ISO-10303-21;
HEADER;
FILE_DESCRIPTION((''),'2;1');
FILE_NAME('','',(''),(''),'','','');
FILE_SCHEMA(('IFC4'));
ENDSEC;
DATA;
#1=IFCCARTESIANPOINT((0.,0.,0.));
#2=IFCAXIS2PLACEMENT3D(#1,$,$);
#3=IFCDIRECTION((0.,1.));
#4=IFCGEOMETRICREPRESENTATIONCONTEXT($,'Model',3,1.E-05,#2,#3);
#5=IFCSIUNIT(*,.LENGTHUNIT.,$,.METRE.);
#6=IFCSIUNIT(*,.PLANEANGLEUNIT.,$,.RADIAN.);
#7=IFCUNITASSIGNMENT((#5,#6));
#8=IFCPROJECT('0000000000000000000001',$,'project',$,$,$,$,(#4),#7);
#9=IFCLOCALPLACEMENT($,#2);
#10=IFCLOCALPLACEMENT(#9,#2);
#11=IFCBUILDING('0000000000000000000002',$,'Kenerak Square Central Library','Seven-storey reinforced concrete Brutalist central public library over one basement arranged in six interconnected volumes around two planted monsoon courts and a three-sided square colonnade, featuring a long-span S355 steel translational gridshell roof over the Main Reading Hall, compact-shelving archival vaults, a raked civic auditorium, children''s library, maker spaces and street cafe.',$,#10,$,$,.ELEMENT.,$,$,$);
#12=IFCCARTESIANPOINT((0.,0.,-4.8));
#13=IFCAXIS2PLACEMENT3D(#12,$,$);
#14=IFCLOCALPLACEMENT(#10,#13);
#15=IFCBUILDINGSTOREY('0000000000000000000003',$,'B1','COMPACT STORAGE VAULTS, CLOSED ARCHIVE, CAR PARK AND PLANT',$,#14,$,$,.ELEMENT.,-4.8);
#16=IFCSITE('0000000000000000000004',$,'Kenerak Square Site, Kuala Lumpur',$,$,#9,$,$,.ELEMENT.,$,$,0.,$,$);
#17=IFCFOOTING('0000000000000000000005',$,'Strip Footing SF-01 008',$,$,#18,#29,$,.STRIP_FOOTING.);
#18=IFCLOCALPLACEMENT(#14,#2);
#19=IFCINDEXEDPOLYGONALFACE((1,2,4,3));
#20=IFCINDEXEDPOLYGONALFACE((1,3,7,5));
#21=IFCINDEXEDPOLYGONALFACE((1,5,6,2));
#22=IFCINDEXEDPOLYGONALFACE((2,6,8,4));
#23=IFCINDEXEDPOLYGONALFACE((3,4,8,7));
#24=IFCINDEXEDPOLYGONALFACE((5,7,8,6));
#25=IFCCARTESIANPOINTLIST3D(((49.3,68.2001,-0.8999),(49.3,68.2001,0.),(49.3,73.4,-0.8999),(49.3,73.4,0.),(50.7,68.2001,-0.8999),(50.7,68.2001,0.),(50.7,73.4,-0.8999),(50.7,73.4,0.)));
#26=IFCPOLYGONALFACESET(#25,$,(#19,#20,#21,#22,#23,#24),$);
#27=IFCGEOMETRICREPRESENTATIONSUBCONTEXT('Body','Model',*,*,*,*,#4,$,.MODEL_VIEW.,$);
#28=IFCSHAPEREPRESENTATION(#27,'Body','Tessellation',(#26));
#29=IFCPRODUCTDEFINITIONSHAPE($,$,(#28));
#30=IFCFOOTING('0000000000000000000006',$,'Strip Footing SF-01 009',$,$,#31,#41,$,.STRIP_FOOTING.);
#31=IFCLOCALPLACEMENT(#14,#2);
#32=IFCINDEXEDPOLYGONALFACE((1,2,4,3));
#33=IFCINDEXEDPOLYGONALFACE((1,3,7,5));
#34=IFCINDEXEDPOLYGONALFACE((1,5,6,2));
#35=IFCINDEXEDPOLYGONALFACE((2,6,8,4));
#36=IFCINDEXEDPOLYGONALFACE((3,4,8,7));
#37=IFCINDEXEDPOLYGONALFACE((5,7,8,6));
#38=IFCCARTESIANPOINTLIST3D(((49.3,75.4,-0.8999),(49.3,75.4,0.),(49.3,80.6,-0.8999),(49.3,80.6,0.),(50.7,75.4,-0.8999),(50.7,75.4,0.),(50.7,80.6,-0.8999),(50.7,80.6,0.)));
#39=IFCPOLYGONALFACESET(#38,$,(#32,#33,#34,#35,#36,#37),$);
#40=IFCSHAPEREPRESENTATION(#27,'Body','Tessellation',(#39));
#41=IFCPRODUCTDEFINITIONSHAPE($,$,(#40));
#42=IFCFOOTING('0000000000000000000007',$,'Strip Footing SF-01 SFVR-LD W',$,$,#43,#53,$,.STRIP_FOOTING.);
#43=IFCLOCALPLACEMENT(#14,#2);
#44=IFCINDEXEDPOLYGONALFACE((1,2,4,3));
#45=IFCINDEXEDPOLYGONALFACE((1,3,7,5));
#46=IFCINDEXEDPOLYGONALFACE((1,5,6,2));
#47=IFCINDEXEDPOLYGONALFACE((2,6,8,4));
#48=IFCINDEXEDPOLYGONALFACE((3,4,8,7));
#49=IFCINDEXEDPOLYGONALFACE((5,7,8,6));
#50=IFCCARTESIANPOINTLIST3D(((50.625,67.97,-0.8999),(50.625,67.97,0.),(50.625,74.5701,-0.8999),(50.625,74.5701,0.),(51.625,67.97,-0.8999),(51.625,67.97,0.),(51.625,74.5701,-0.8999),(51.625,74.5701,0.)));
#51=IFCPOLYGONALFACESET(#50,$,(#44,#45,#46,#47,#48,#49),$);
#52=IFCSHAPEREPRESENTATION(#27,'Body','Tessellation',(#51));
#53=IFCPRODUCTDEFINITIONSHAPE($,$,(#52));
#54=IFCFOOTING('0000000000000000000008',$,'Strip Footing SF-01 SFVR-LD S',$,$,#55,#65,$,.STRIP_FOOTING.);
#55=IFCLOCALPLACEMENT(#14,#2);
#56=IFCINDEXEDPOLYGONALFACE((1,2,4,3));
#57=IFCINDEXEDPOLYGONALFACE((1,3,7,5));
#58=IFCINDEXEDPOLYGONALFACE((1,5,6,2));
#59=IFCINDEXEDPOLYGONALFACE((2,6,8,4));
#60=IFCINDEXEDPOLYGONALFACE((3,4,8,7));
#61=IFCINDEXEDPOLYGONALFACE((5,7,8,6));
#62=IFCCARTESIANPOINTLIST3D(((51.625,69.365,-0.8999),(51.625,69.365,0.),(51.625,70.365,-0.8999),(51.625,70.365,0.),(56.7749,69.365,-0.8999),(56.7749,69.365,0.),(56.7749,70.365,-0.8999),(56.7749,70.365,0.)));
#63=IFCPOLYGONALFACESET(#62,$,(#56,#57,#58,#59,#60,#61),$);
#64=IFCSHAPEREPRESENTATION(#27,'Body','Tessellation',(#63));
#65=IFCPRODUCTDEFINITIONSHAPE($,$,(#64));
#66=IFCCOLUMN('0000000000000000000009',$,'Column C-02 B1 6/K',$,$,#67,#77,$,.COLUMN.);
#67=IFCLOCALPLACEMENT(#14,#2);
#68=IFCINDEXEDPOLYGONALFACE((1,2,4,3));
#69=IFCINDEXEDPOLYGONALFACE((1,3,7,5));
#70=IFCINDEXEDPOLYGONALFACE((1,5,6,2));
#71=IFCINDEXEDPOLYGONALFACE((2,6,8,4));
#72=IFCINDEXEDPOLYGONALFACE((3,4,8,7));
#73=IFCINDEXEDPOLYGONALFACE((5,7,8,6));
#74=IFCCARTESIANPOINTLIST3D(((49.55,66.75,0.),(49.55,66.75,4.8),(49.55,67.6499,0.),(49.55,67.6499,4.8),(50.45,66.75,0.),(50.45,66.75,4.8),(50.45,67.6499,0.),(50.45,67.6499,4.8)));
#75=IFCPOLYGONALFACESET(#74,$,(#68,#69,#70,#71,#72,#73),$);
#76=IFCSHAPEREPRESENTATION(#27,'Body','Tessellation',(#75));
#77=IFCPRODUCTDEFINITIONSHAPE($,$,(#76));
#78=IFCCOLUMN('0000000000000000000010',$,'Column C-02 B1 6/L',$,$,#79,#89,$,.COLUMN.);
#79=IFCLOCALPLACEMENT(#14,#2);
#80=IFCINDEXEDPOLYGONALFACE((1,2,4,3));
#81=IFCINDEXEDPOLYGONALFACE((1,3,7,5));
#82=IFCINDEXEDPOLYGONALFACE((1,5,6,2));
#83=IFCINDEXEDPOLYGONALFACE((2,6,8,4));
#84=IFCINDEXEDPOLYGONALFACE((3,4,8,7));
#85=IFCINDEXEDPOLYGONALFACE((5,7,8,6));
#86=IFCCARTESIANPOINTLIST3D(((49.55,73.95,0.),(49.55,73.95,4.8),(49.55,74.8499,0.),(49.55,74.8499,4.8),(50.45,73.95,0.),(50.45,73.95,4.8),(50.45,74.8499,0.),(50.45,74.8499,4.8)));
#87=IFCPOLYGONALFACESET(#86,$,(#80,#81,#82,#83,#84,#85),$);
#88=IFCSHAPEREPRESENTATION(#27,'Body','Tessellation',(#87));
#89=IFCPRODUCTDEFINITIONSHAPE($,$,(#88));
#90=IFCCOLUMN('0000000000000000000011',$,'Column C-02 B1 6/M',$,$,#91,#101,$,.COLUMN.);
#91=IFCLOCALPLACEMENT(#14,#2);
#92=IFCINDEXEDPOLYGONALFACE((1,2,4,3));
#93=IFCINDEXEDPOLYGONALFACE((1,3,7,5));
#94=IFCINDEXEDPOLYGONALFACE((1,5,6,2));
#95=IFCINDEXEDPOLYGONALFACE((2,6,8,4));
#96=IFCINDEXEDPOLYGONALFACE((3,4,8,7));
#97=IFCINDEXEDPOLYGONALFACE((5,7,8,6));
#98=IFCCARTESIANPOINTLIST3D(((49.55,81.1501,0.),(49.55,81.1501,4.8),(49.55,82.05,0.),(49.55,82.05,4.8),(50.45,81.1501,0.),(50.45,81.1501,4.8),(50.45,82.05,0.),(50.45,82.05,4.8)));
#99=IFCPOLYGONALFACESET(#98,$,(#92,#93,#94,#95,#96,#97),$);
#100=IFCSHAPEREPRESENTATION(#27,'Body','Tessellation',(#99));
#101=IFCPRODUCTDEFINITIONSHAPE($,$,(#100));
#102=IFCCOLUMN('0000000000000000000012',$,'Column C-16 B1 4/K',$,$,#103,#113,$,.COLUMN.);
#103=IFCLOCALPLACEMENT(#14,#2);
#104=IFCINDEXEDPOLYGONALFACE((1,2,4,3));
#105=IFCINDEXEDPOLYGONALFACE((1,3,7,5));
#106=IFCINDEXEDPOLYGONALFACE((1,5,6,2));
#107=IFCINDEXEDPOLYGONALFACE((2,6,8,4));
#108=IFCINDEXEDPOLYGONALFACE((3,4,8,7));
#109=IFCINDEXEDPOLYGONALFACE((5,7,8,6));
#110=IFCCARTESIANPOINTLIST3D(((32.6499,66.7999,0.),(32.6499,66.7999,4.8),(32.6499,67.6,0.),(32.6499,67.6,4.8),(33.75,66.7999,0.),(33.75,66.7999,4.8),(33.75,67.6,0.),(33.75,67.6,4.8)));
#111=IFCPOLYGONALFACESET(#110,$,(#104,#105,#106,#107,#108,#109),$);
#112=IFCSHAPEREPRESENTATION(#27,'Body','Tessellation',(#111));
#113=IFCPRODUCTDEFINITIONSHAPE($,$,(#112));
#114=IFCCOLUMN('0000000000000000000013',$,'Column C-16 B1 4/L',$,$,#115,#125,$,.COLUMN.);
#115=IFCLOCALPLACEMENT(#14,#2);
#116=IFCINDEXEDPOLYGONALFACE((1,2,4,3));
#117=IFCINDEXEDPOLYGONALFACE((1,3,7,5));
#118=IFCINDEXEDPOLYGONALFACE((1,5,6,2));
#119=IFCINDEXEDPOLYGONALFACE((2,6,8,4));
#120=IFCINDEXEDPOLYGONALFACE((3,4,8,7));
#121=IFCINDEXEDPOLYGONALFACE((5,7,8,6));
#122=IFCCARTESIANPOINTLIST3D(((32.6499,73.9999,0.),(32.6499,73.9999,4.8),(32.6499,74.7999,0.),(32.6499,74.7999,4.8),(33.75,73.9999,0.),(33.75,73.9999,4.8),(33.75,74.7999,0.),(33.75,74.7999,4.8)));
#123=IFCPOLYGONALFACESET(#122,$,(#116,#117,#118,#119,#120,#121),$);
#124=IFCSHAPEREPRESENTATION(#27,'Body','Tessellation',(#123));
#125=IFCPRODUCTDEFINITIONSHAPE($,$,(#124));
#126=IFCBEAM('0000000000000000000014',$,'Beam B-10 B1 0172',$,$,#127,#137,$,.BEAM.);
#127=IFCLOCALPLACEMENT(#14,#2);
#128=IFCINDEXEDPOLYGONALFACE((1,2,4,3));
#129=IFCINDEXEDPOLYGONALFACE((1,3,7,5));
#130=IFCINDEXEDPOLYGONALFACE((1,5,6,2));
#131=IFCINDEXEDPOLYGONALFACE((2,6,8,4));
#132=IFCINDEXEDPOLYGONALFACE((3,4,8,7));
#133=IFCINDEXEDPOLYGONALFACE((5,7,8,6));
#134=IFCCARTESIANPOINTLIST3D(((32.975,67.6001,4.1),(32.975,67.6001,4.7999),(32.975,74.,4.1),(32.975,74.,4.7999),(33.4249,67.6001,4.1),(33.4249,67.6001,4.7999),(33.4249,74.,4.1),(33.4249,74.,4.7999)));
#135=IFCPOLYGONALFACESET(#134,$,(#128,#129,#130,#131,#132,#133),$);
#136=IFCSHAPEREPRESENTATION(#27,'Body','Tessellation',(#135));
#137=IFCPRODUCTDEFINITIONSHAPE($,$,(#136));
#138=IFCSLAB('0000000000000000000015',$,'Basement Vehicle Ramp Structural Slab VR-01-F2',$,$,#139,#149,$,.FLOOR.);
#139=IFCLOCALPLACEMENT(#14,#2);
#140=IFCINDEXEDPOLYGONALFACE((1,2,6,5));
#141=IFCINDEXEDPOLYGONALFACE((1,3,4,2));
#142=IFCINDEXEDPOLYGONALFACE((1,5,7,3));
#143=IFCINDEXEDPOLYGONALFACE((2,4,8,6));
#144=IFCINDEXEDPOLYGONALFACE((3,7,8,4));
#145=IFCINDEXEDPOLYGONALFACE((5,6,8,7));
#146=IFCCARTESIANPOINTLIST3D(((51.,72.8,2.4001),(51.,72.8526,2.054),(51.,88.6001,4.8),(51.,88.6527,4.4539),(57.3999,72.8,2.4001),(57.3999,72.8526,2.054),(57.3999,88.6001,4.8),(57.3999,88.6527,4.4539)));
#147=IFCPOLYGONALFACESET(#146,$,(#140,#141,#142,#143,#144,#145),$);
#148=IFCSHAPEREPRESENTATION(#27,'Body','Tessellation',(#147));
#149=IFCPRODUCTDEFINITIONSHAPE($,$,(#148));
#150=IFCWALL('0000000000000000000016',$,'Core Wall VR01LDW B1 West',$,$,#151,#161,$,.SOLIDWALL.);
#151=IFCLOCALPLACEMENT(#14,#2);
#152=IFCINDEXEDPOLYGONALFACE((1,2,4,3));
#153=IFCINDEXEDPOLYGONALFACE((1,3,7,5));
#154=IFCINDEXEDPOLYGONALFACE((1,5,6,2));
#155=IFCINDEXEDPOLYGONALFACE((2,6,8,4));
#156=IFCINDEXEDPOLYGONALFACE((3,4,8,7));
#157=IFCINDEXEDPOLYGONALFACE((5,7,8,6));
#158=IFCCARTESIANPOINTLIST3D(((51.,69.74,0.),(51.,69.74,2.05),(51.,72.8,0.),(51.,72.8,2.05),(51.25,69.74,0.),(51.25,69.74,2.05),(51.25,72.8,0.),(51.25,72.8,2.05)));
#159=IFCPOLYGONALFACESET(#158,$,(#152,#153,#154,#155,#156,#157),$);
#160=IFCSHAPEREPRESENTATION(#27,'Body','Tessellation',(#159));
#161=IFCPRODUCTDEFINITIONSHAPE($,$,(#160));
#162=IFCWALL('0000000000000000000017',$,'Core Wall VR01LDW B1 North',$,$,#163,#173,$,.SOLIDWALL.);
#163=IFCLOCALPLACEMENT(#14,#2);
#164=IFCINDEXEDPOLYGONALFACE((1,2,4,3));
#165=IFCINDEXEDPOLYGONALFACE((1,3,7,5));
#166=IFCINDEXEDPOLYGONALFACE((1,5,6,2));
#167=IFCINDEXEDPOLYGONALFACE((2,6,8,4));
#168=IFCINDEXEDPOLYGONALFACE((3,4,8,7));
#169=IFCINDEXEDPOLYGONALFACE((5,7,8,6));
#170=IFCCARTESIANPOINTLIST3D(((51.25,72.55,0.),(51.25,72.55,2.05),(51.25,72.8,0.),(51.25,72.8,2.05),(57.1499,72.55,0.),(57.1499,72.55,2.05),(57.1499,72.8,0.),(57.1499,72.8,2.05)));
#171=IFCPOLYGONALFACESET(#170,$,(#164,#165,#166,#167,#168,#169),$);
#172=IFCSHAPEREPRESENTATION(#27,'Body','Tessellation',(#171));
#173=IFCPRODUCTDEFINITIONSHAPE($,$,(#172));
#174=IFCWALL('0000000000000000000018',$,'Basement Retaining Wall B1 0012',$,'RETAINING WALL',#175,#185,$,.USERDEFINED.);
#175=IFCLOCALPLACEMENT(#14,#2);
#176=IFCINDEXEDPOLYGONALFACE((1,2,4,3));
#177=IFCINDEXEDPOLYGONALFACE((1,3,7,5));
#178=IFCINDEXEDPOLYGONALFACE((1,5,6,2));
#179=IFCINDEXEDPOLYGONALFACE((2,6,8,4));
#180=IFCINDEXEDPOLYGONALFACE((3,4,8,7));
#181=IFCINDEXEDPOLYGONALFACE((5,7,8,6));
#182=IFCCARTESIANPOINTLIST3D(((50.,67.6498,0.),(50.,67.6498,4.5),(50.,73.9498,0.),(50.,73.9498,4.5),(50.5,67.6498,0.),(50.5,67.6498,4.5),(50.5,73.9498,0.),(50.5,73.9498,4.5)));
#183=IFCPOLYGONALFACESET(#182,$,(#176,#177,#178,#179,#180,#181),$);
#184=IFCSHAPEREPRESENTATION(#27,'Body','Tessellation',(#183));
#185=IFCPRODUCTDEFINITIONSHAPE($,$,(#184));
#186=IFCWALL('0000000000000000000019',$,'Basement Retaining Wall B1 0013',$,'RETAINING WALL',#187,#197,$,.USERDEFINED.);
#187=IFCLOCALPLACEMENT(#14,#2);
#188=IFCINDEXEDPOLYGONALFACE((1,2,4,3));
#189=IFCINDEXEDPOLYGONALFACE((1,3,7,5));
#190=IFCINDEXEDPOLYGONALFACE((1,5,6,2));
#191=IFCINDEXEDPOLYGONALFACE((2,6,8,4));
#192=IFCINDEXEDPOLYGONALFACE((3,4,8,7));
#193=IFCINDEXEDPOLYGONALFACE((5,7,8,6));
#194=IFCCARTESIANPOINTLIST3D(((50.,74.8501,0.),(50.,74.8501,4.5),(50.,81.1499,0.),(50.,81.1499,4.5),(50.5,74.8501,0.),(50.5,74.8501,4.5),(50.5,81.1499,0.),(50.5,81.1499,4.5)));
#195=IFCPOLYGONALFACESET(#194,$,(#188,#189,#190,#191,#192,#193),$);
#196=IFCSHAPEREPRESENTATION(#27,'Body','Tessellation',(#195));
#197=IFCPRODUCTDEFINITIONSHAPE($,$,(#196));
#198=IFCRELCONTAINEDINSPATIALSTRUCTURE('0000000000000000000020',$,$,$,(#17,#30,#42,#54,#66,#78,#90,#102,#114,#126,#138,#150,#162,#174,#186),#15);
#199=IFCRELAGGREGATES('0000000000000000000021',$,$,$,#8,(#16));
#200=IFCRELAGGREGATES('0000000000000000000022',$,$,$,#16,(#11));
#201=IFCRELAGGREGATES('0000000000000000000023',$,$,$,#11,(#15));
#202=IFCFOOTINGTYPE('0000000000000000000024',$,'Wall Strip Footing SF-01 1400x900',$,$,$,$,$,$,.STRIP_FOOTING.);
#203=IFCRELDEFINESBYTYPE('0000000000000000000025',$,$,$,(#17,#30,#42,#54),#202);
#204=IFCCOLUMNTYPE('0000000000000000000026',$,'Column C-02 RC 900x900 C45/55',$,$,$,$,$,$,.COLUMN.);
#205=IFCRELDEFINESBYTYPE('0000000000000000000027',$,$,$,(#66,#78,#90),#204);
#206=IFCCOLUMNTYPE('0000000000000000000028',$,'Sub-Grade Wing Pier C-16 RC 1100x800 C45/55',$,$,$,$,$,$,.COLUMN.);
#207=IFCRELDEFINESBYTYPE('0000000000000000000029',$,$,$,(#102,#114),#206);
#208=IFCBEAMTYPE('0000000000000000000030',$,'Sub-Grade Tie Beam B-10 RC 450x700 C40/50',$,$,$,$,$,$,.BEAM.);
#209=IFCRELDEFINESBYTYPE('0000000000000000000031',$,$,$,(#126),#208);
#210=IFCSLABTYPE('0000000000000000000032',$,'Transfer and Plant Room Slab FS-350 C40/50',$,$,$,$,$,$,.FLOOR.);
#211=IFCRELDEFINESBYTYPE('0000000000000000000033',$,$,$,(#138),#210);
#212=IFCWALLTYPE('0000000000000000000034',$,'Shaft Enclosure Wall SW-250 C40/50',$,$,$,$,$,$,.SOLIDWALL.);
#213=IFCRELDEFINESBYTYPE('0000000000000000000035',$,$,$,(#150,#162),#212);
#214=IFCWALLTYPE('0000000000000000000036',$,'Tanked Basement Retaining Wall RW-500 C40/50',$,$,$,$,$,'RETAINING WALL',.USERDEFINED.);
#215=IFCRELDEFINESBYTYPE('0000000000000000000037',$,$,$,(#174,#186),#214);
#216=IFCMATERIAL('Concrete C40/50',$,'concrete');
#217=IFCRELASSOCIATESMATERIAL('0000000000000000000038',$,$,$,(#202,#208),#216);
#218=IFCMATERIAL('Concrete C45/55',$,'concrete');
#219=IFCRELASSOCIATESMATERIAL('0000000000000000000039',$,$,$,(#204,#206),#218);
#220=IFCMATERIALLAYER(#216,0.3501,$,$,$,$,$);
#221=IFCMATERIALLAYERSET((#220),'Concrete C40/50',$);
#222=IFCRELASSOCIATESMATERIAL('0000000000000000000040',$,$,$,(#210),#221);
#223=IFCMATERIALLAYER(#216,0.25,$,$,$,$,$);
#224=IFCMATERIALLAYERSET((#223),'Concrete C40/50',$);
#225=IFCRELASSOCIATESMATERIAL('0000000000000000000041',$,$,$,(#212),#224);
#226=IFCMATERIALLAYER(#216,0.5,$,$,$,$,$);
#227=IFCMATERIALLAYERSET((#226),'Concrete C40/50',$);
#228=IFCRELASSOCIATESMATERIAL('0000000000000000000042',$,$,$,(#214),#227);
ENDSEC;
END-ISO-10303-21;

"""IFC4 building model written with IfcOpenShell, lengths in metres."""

from ifc_helpers import new_model, si_unit, direction, frame, frame_2d, origin, origin_2d, place, context, subcontext, project, spatial, polyline, rectangle, outline, extrude, material, layer, layer_set, material_profile, profile_set, type_object, element, save


model = new_model("IFC4")

# Units and contexts
model_context = context("Model", 3, precision=1e-05, world=origin(), true_north=direction((0.0, 1.0)))
body_context = subcontext(model_context, "Body", "Model", "MODEL_VIEW")
ifc_project = project(units=[si_unit("LENGTHUNIT", "METRE"), si_unit("PLANEANGLEUNIT", "RADIAN")], contexts=[model_context])

# Site, building, storey
site_placement = place(None, origin())
site = spatial("IfcSite", under=ifc_project, at=site_placement, Name="Kenerak Square Site, Kuala Lumpur", CompositionType="ELEMENT", RefElevation=0.0)
building_placement = place(site_placement, origin())
building = spatial("IfcBuilding", under=site, at=building_placement, Name="Kenerak Square Central Library", Description="Seven-storey reinforced concrete Brutalist central public library over one basement arranged in six interconnected volumes around two planted monsoon courts and a three-sided square colonnade, featuring a long-span S355 steel translational gridshell roof over the Main Reading Hall, compact-shelving archival vaults, a raked civic auditorium, children's library, maker spaces and street cafe.", CompositionType="ELEMENT")
storey_placement = place(building_placement, frame((0.0, 0.0, -4.8)))
storey = spatial("IfcBuildingStorey", under=building, at=storey_placement, Name="B1", Description="COMPACT STORAGE VAULTS, CLOSED ARCHIVE, CAR PARK AND PLANT", CompositionType="ELEMENT", Elevation=-4.8)

# Shared definitions
ifc_material_1 = material(Name="Concrete C40/50", Category="concrete")

# Footings
footing_type_1 = type_object("IfcFootingType", Name="Wall Strip Footing SF-01 1400x900", PredefinedType="STRIP_FOOTING", material=ifc_material_1)
for number, where, z_axis, x_axis, name in (
    (1, (50.0, 70.8, -0.8999), (0.0, 0.0, 1.0), (1.0, 0.0, 0.0), "Strip Footing SF-01 008"),
    (2, (50.0, 78.0, -0.8999), (0.0, 0.0, 1.0), (1.0, 0.0, 0.0), "Strip Footing SF-01 009"),
):
    element("IfcFooting", number, at=place(storey_placement, frame(where, z_axis=z_axis, x_axis=x_axis)), inside=storey, type_object=footing_type_1, Name=name, PredefinedType="STRIP_FOOTING", context=body_context, shape_type="SweptSolid", body=[
        extrude(rectangle(XDim=1.3999, YDim=5.2, at=origin_2d()), origin(), (0.0, 0.0, 1.0), 0.8999),
    ])
footing_1_placement = place(storey_placement, frame((51.125, 71.27, -0.8999), z_axis=(0.0, 0.0, 1.0), x_axis=(1.0, 0.0, 0.0)))
element("IfcFooting", 3, at=footing_1_placement, inside=storey, type_object=footing_type_1, Name="Strip Footing SF-01 SFVR-LD W", PredefinedType="STRIP_FOOTING", context=body_context, shape_type="SweptSolid", body=[
    extrude(rectangle(XDim=1.0, YDim=6.6001, at=origin_2d()), origin(), (0.0, 0.0, 1.0), 0.8999),
])
footing_2_placement = place(storey_placement, frame((54.2, 69.865, -0.8999), z_axis=(0.0, 0.0, 1.0), x_axis=(1.0, 0.0, 0.0)))
element("IfcFooting", 4, at=footing_2_placement, inside=storey, type_object=footing_type_1, Name="Strip Footing SF-01 SFVR-LD S", PredefinedType="STRIP_FOOTING", context=body_context, shape_type="SweptSolid", body=[
    extrude(rectangle(XDim=5.1499, YDim=1.0, at=origin_2d()), origin(), (0.0, 0.0, 1.0), 0.8999),
])

# Columns
ifc_material_2 = material(Name="Concrete C45/55", Category="concrete")
ifc_material_profile_1 = material_profile(ifc_material_2, rectangle(XDim=0.8999, YDim=0.8999, at=origin_2d()), Name="RC 900x900")
ifc_profile_set_1 = profile_set([ifc_material_profile_1], Name="Concrete C45/55")
column_type_1 = type_object("IfcColumnType", Name="Column C-02 RC 900x900 C45/55", PredefinedType="COLUMN", material=ifc_profile_set_1)
for number, where, z_axis, x_axis, name in (
    (5, (50.0, 67.2, 0.0), (0.0, 0.0, 1.0), (1.0, 0.0, 0.0), "Column C-02 B1 6/K"),
    (6, (50.0, 74.3999, 0.0), (0.0, 0.0, 1.0), (1.0, 0.0, 0.0), "Column C-02 B1 6/L"),
    (7, (50.0, 81.6001, 0.0), (0.0, 0.0, 1.0), (1.0, 0.0, 0.0), "Column C-02 B1 6/M"),
):
    element("IfcColumn", number, at=place(storey_placement, frame(where, z_axis=z_axis, x_axis=x_axis)), inside=storey, type_object=column_type_1, Name=name, PredefinedType="COLUMN", context=body_context, shape_type="SweptSolid", body=[
        extrude(rectangle(XDim=0.8999, YDim=0.8999, at=origin_2d()), origin(), (0.0, 0.0, 1.0), 4.8),
    ])
ifc_material_profile_2 = material_profile(ifc_material_2, rectangle(XDim=1.1001, YDim=0.8, at=origin_2d()), Name="RC 1100x800")
ifc_profile_set_2 = profile_set([ifc_material_profile_2], Name="Concrete C45/55")
column_type_2 = type_object("IfcColumnType", Name="Sub-Grade Wing Pier C-16 RC 1100x800 C45/55", PredefinedType="COLUMN", material=ifc_profile_set_2)
for number, where, z_axis, x_axis, name in (
    (8, (33.2, 67.2, 0.0), (0.0, 0.0, 1.0), (1.0, 0.0, 0.0), "Column C-16 B1 4/K"),
    (9, (33.2, 74.3999, 0.0), (0.0, 0.0, 1.0), (1.0, 0.0, 0.0), "Column C-16 B1 4/L"),
):
    element("IfcColumn", number, at=place(storey_placement, frame(where, z_axis=z_axis, x_axis=x_axis)), inside=storey, type_object=column_type_2, Name=name, PredefinedType="COLUMN", context=body_context, shape_type="SweptSolid", body=[
        extrude(rectangle(XDim=1.1001, YDim=0.8, at=origin_2d()), origin(), (0.0, 0.0, 1.0), 4.8),
    ])

# Beam
ifc_material_profile_3 = material_profile(ifc_material_1, rectangle(XDim=0.45, YDim=0.7, at=origin_2d()), Name="RC 450x700")
ifc_profile_set_3 = profile_set([ifc_material_profile_3], Name="Concrete C40/50")
beam_type = type_object("IfcBeamType", Name="Sub-Grade Tie Beam B-10 RC 450x700 C40/50", PredefinedType="BEAM", material=ifc_profile_set_3)
beam_placement = place(storey_placement, frame((33.2, 67.6001, 4.45), z_axis=(0.0, 1.0, 0.0), x_axis=(-1.0, 0.0, 0.0)))
element("IfcBeam", 10, at=beam_placement, inside=storey, type_object=beam_type, Name="Beam B-10 B1 0172", PredefinedType="BEAM", context=body_context, shape_type="SweptSolid", body=[
    extrude(rectangle(XDim=0.45, YDim=0.7, at=origin_2d()), origin(), (0.0, 0.0, 1.0), 6.3999),
])

# Slab
ifc_layer_1 = layer(ifc_material_1, 0.3501)
ifc_layer_set_1 = layer_set([ifc_layer_1], Name="Concrete C40/50")
slab_type = type_object("IfcSlabType", Name="Transfer and Plant Room Slab FS-350 C40/50", PredefinedType="FLOOR", material=ifc_layer_set_1)
slab_placement = place(storey_placement, frame((51.0, 72.8, 2.4001), z_axis=(0.0, -0.15017, 0.98866), x_axis=(1.0, 0.0, 0.0)))
element("IfcSlab", 11, at=slab_placement, inside=storey, type_object=slab_type, Name="Basement Vehicle Ramp Structural Slab VR-01-F2", PredefinedType="FLOOR", context=body_context, shape_type="SweptSolid", body=[
    extrude(outline(polyline([(0.0, 0.0), (6.3999, 0.0), (6.3999, 15.9813), (0.0, 15.9813), (0.0, 0.0)])), origin(), (0.0, 0.0, -1.0), 0.3501),
])

# Walls
ifc_layer_2 = layer(ifc_material_1, 0.25)
ifc_layer_set_2 = layer_set([ifc_layer_2], Name="Concrete C40/50")
wall_type_1 = type_object("IfcWallType", Name="Shaft Enclosure Wall SW-250 C40/50", PredefinedType="SOLIDWALL", material=ifc_layer_set_2)
wall_1_placement = place(storey_placement, frame((51.125, 69.74, 0.0), z_axis=(0.0, 0.0, 1.0), x_axis=(0.0, 1.0, 0.0)))
element("IfcWall", 12, at=wall_1_placement, inside=storey, type_object=wall_type_1, Name="Core Wall VR01LDW B1 West", PredefinedType="SOLIDWALL", context=body_context, shape_type="SweptSolid", body=[
    extrude(rectangle(XDim=3.0601, YDim=0.25, at=frame_2d((1.53, 0.0))), origin(), (0.0, 0.0, 1.0), 2.05),
])
wall_2_placement = place(storey_placement, frame((51.25, 72.675, 0.0), z_axis=(0.0, 0.0, 1.0), x_axis=(1.0, 0.0, 0.0)))
element("IfcWall", 13, at=wall_2_placement, inside=storey, type_object=wall_type_1, Name="Core Wall VR01LDW B1 North", PredefinedType="SOLIDWALL", context=body_context, shape_type="SweptSolid", body=[
    extrude(rectangle(XDim=5.8999, YDim=0.25, at=frame_2d((2.95, 0.0))), origin(), (0.0, 0.0, 1.0), 2.05),
])
ifc_layer_3 = layer(ifc_material_1, 0.5)
ifc_layer_set_3 = layer_set([ifc_layer_3], Name="Concrete C40/50")
wall_type_2 = type_object("IfcWallType", Name="Tanked Basement Retaining Wall RW-500 C40/50", ElementType="RETAINING WALL", PredefinedType="USERDEFINED", material=ifc_layer_set_3)
wall_3_placement = place(storey_placement, frame((50.25, 67.6499, 0.0), z_axis=(0.0, 0.0, 1.0), x_axis=(0.0, 1.0, 0.0)))
element("IfcWall", 14, at=wall_3_placement, inside=storey, type_object=wall_type_2, Name="Basement Retaining Wall B1 0012", ObjectType="RETAINING WALL", PredefinedType="USERDEFINED", context=body_context, shape_type="SweptSolid", body=[
    extrude(rectangle(XDim=6.3, YDim=0.5, at=frame_2d((3.1499, 0.0))), origin(), (0.0, 0.0, 1.0), 4.5),
])
wall_4_placement = place(storey_placement, frame((50.25, 74.8501, 0.0), z_axis=(0.0, 0.0, 1.0), x_axis=(0.0, 1.0, 0.0)))
element("IfcWall", 15, at=wall_4_placement, inside=storey, type_object=wall_type_2, Name="Basement Retaining Wall B1 0013", ObjectType="RETAINING WALL", PredefinedType="USERDEFINED", context=body_context, shape_type="SweptSolid", body=[
    extrude(rectangle(XDim=6.2998, YDim=0.5, at=frame_2d((3.1499, 0.0))), origin(), (0.0, 0.0, 1.0), 4.5),
])

save(model, "model.ifc")
